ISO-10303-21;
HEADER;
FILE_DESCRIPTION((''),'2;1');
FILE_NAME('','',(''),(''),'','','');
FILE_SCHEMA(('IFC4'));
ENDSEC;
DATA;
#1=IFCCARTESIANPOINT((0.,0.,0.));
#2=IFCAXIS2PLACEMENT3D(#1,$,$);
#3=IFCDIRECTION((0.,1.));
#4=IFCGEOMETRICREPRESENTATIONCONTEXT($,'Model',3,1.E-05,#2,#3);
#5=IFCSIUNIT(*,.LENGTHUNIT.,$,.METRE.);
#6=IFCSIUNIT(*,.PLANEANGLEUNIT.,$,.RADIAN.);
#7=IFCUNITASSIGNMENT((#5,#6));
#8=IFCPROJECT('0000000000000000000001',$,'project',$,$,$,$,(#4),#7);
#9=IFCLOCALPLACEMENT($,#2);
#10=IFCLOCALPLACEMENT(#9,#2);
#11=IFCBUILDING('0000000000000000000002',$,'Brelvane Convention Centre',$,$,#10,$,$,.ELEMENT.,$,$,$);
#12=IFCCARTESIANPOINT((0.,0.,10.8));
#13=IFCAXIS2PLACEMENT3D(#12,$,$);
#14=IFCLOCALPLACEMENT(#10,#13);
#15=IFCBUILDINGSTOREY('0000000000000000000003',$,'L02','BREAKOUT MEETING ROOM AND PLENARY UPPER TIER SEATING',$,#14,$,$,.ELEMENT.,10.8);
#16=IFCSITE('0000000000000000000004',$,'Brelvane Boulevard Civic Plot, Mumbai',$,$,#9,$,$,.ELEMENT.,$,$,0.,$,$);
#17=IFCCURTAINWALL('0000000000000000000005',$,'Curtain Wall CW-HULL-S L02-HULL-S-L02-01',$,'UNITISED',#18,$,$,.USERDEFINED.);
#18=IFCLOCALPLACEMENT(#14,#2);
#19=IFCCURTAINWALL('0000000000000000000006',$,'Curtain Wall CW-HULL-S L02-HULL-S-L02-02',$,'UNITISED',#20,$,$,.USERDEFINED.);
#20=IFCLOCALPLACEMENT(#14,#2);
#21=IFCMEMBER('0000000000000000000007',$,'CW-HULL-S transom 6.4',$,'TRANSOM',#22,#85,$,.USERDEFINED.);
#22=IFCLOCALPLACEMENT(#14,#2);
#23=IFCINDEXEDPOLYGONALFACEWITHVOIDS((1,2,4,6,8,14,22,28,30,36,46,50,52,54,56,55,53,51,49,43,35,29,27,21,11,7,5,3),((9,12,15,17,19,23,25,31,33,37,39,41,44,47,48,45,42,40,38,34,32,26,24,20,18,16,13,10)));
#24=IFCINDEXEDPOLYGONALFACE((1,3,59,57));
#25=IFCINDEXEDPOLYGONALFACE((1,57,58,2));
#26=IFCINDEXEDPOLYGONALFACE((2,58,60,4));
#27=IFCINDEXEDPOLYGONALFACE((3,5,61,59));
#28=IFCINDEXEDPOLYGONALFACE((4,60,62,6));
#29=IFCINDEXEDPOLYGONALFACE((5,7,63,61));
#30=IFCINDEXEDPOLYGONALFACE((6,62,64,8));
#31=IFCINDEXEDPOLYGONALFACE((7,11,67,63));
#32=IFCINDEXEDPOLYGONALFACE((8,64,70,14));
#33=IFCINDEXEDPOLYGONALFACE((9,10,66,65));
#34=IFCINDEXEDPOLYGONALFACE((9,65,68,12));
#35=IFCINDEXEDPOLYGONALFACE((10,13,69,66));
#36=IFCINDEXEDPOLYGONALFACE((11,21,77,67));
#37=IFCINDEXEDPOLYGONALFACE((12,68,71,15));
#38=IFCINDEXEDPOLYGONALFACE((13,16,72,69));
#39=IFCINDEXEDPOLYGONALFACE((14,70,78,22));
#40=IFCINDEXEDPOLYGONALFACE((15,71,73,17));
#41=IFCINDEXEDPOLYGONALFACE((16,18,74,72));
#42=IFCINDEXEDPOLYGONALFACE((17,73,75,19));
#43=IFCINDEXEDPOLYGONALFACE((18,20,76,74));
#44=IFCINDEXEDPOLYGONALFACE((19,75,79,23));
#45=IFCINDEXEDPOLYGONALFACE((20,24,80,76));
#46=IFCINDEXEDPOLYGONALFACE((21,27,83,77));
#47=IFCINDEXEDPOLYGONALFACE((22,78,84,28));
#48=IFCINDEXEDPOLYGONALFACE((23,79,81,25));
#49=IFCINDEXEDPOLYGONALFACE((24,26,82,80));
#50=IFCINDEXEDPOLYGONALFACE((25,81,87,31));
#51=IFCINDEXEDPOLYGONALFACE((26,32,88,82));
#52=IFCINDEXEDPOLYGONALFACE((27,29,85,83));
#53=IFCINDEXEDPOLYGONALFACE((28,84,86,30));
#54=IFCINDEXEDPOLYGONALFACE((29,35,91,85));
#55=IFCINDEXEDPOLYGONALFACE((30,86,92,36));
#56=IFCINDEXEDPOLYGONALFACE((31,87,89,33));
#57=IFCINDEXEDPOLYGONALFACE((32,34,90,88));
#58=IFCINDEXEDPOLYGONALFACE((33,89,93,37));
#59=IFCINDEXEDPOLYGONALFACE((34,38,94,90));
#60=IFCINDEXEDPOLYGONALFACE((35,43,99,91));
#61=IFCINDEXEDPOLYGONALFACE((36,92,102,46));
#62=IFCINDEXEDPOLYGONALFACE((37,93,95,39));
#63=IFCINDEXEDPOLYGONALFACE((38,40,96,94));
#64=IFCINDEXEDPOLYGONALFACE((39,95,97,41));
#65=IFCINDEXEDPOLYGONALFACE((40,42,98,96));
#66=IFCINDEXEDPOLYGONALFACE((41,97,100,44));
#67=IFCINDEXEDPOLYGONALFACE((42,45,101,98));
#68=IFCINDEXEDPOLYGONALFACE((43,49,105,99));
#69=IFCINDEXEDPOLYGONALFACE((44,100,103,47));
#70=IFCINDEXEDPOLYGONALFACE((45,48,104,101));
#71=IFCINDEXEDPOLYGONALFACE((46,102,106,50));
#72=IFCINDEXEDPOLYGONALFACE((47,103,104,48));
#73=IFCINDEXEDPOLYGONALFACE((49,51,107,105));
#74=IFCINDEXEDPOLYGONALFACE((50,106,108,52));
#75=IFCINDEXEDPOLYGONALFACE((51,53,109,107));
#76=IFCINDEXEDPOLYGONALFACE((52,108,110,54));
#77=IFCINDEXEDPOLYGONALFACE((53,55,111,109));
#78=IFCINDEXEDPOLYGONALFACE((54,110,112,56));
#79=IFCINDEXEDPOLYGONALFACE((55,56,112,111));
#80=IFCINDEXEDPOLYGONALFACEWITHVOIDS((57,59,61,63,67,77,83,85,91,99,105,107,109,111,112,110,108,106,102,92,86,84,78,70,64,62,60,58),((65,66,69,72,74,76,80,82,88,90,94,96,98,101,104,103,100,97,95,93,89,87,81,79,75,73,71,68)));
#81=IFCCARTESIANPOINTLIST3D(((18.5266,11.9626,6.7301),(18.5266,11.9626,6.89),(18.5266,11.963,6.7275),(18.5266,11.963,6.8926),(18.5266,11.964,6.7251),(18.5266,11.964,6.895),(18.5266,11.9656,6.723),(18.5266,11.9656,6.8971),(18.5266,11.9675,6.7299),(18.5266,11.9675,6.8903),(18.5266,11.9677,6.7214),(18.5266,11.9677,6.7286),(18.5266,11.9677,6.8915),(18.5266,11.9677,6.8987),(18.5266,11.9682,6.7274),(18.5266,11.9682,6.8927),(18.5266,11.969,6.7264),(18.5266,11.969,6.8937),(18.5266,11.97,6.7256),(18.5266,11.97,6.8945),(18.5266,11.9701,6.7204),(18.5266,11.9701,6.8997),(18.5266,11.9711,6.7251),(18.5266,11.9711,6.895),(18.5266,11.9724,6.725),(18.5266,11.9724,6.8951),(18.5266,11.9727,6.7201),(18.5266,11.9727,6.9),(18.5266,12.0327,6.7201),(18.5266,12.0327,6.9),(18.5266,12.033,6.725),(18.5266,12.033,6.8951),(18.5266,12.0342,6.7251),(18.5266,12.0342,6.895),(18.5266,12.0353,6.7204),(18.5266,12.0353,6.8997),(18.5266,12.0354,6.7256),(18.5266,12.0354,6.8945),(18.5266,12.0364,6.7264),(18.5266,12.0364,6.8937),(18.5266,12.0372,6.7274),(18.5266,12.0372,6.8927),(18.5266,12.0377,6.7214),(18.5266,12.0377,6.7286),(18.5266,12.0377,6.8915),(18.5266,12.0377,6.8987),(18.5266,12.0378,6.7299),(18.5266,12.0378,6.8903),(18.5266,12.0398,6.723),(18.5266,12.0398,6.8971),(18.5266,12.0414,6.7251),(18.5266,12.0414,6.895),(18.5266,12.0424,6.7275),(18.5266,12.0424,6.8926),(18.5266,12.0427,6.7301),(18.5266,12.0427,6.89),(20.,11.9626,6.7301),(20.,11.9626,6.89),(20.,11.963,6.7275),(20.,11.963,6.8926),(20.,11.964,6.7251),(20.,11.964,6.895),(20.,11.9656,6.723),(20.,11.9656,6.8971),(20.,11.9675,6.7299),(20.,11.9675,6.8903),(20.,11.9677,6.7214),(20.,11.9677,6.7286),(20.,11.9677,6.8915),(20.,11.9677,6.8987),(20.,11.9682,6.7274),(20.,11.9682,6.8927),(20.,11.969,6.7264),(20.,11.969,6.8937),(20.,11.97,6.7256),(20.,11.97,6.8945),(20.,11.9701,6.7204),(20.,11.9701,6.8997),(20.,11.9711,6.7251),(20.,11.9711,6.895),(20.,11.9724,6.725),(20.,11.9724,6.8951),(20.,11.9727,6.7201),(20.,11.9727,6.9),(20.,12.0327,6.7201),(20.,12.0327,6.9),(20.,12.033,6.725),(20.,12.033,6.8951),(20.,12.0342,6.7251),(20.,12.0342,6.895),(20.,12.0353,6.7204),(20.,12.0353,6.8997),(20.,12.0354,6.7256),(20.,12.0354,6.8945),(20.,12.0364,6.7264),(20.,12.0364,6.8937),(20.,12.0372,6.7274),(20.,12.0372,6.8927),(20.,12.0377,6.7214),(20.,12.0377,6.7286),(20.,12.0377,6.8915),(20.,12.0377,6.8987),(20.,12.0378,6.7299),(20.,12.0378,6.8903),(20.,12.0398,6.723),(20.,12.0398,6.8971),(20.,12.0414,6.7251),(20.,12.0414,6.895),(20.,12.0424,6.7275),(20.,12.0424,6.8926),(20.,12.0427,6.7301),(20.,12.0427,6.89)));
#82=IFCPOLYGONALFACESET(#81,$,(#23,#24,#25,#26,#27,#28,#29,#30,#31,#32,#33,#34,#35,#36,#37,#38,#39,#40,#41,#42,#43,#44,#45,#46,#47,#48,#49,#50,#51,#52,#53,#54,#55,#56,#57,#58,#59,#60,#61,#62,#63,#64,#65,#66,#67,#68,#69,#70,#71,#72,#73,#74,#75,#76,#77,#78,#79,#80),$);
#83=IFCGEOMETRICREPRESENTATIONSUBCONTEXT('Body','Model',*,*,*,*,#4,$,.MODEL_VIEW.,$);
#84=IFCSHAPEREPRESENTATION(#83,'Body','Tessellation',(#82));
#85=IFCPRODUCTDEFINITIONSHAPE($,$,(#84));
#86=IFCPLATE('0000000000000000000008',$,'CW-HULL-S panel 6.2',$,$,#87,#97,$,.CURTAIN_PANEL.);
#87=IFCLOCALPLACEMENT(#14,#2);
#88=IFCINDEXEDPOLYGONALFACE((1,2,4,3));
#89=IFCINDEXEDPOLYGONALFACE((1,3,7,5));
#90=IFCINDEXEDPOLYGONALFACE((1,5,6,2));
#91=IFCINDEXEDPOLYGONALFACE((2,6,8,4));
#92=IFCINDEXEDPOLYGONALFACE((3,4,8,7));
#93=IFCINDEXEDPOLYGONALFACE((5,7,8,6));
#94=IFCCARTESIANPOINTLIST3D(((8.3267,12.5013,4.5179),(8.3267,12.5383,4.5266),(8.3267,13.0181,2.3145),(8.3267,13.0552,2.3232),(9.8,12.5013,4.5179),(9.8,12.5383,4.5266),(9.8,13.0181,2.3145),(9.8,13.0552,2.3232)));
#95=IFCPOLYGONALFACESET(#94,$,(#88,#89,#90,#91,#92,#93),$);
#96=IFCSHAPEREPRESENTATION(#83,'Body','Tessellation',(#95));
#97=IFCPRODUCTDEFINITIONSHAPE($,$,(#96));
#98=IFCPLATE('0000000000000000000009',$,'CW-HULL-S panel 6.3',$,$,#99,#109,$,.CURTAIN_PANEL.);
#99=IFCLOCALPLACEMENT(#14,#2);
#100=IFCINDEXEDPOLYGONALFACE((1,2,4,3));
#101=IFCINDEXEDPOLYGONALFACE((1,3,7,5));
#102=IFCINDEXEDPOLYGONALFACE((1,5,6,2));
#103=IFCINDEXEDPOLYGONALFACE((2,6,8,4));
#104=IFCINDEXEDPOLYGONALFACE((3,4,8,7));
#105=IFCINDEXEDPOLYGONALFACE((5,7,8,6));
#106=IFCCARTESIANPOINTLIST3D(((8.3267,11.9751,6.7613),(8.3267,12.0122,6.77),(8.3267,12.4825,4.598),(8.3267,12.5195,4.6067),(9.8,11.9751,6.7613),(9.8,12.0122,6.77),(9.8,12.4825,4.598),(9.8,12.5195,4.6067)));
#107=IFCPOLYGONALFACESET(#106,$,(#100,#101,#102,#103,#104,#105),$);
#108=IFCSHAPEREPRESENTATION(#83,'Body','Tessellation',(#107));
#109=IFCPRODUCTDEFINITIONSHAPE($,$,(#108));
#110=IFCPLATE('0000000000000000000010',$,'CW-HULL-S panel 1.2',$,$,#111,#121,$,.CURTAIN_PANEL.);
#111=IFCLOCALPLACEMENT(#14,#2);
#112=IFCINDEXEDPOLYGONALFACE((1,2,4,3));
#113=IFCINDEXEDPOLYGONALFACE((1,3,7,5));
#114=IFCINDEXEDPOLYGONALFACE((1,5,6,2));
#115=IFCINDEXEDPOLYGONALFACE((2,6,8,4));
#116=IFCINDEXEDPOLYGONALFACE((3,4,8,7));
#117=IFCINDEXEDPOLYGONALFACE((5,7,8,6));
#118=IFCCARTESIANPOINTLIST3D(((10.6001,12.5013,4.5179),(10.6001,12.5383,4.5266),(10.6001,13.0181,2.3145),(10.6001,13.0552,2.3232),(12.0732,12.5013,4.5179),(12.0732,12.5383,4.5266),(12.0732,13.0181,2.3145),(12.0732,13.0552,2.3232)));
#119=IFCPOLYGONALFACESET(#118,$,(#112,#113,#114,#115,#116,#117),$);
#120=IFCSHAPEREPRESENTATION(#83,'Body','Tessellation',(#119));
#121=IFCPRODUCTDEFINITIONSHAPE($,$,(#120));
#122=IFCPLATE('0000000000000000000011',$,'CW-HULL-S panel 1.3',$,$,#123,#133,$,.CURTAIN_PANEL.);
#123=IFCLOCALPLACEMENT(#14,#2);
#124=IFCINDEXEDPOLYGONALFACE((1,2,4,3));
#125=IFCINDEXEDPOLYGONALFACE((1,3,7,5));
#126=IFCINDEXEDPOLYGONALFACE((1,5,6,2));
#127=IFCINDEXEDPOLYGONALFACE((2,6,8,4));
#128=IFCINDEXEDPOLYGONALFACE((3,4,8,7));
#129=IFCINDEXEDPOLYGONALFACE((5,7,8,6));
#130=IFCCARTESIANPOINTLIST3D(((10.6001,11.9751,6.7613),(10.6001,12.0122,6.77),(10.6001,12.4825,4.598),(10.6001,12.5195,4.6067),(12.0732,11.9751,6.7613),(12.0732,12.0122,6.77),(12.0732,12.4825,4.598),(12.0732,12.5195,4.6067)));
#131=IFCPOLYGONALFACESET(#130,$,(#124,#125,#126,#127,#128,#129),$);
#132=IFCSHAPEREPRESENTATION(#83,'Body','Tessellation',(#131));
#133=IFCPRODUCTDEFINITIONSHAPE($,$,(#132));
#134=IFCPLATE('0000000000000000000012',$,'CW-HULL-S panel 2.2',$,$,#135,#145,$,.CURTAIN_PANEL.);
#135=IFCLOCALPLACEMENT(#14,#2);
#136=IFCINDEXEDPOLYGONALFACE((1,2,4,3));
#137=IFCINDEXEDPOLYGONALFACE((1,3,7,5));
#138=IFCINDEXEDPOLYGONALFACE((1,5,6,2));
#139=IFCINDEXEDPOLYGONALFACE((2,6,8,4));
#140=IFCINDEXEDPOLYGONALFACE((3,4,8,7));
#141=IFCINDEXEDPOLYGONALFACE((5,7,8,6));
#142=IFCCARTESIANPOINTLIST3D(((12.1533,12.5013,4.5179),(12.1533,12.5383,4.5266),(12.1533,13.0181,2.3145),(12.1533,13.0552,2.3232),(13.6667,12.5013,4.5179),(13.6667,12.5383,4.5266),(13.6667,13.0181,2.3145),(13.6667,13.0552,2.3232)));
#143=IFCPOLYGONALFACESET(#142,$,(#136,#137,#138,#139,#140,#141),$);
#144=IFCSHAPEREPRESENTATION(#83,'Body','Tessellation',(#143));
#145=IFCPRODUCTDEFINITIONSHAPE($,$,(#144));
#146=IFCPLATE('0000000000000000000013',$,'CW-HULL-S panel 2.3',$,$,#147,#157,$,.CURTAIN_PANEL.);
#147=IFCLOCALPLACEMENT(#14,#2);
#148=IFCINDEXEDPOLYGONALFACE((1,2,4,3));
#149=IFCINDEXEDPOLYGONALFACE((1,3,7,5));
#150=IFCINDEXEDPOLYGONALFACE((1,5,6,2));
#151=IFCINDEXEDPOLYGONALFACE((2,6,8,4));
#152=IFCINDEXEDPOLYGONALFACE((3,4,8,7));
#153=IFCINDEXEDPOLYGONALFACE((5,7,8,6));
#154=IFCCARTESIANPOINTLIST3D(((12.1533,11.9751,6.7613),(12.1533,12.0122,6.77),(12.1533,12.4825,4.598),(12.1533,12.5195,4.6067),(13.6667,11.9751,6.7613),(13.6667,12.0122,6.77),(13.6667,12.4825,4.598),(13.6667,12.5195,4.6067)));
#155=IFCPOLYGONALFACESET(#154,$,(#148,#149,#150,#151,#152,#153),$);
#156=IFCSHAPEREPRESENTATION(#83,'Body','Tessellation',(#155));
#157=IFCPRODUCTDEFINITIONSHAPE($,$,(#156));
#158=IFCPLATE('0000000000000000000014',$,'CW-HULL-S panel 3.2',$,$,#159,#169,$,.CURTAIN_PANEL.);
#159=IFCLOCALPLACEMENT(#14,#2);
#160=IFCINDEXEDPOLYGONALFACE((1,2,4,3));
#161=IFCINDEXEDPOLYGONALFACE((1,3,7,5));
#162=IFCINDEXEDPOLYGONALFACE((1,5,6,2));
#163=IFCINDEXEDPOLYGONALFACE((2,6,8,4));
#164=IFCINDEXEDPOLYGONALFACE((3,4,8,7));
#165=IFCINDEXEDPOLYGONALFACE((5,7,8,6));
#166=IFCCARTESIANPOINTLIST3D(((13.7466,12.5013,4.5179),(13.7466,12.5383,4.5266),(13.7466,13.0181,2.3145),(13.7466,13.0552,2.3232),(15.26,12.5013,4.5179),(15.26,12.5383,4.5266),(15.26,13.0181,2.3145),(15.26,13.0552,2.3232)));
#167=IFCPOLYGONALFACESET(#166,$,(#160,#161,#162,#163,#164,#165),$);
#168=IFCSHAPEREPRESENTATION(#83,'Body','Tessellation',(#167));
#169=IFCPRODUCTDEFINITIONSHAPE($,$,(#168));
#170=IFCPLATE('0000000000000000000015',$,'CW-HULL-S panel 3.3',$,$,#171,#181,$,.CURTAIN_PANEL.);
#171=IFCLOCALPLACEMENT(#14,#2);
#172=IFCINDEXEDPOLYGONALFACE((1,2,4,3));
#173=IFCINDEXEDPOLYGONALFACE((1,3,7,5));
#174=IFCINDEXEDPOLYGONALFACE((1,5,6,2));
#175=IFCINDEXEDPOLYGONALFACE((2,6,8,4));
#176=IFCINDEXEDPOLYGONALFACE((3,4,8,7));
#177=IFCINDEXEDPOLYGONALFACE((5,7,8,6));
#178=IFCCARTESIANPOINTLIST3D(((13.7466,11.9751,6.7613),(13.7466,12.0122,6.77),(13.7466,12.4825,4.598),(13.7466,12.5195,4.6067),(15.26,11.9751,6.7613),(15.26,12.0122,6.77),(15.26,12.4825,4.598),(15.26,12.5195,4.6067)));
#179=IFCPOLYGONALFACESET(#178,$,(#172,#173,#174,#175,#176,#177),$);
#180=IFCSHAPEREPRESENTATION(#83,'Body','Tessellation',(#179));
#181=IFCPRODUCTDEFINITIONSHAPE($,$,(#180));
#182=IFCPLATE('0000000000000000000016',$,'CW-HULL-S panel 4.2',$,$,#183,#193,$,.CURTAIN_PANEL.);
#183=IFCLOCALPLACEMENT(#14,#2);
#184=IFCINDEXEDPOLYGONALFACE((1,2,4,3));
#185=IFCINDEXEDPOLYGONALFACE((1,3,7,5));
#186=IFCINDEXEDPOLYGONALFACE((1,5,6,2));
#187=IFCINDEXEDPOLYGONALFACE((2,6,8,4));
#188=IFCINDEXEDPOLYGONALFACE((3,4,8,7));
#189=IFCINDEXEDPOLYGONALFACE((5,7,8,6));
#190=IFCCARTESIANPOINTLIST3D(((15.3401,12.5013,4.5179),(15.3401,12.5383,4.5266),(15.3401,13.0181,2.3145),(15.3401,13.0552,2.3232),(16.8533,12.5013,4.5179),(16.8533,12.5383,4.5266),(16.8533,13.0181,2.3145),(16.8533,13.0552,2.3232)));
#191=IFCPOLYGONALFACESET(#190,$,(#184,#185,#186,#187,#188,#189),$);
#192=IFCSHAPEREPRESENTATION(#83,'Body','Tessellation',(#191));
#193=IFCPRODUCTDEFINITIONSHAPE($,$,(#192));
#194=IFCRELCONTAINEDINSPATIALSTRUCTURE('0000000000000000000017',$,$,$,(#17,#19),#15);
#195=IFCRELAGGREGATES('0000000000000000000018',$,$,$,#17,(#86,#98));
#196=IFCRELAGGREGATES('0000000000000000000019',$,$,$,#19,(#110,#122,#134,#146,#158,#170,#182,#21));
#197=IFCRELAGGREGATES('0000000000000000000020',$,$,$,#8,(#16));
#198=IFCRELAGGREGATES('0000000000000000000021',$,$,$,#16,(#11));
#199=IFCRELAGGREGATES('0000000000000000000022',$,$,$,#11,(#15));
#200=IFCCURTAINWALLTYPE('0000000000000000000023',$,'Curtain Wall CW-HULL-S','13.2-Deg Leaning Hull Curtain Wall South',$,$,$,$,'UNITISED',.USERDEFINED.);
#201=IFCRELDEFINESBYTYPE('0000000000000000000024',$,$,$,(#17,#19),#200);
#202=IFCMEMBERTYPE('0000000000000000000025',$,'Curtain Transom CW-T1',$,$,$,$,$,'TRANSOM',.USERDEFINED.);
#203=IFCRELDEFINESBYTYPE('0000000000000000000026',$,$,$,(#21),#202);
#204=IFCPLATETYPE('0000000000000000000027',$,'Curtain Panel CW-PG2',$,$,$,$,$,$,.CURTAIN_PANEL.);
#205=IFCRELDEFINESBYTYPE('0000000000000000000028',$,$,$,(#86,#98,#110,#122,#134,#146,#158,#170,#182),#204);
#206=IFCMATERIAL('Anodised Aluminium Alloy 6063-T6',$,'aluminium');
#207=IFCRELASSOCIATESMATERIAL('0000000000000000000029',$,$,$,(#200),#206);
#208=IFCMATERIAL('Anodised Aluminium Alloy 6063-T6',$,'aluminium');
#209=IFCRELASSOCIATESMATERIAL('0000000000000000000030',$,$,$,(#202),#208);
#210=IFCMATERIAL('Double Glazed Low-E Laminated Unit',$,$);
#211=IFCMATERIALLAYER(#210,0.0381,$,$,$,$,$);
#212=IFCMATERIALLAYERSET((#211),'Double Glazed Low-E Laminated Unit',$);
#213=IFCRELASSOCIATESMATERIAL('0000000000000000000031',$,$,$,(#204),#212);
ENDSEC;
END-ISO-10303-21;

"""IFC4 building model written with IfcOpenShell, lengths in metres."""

from ifc_helpers import new_model, si_unit, direction, frame, origin, origin_2d, place, context, subcontext, project, spatial, polyline, hollow_rectangle, outline, extrude, material, layer, layer_set, material_profile, profile_set, type_object, element, aggregate, save


model = new_model("IFC4")

# Units and contexts
model_context = context("Model", 3, precision=1e-05, world=origin(), true_north=direction((0.0, 1.0)))
body_context = subcontext(model_context, "Body", "Model", "MODEL_VIEW")
ifc_project = project(units=[si_unit("LENGTHUNIT", "METRE"), si_unit("PLANEANGLEUNIT", "RADIAN")], contexts=[model_context])

# Site, building, storey
site_placement = place(None, origin())
site = spatial("IfcSite", under=ifc_project, at=site_placement, Name="Brelvane Boulevard Civic Plot, Mumbai", CompositionType="ELEMENT", RefElevation=0.0)
building_placement = place(site_placement, origin())
building = spatial("IfcBuilding", under=site, at=building_placement, Name="Brelvane Convention Centre", CompositionType="ELEMENT")
storey_placement = place(building_placement, frame((0.0, 0.0, 10.8)))
storey = spatial("IfcBuildingStorey", under=building, at=storey_placement, Name="L02", Description="BREAKOUT MEETING ROOM AND PLENARY UPPER TIER SEATING", CompositionType="ELEMENT", Elevation=10.8)

# Curtain walls, member
ifc_material_1 = material(Name="Anodised Aluminium Alloy 6063-T6", Category="aluminium")
curtain_wall_type = type_object("IfcCurtainWallType", Name="Curtain Wall CW-HULL-S", Description="13.2-Deg Leaning Hull Curtain Wall South", ElementType="UNITISED", PredefinedType="USERDEFINED", material=ifc_material_1)
curtain_wall_1_placement = place(storey_placement, origin())
curtain_wall_1 = element("IfcCurtainWall", 1, at=curtain_wall_1_placement, inside=storey, type_object=curtain_wall_type, Name="Curtain Wall CW-HULL-S L02-HULL-S-L02-01", ObjectType="UNITISED", PredefinedType="USERDEFINED")
ifc_material_2 = material(Name="Anodised Aluminium Alloy 6063-T6", Category="aluminium")
ifc_material_profile = material_profile(ifc_material_2, hollow_rectangle(XDim=0.0801, YDim=0.1799, WallThickness=0.0049, InnerFilletRadius=0.0049, OuterFilletRadius=0.01, at=origin_2d()), Name="ALU-T 180x80x5.0")
ifc_profile_set = profile_set([ifc_material_profile], Name="Anodised Aluminium Alloy 6063-T6")
member_type = type_object("IfcMemberType", Name="Curtain Transom CW-T1", ElementType="TRANSOM", PredefinedType="USERDEFINED", material=ifc_profile_set)
curtain_wall_2_placement = place(storey_placement, origin())
curtain_wall_2 = element("IfcCurtainWall", 2, at=curtain_wall_2_placement, inside=storey, type_object=curtain_wall_type, Name="Curtain Wall CW-HULL-S L02-HULL-S-L02-02", ObjectType="UNITISED", PredefinedType="USERDEFINED")
member_1_placement = place(storey_placement, frame((18.5266, 12.0027, 6.8101), z_axis=(1.0, 0.0, 0.0), x_axis=(0.0, 1.0, 0.0)))
member_1 = element("IfcMember", 3, at=member_1_placement, type_object=member_type, Name="CW-HULL-S transom 6.4", ObjectType="TRANSOM", PredefinedType="USERDEFINED", context=body_context, shape_type="SweptSolid", body=[
    extrude(hollow_rectangle(XDim=0.0801, YDim=0.1799, WallThickness=0.0049, InnerFilletRadius=0.0049, OuterFilletRadius=0.01, at=origin_2d()), origin(), (0.0, 0.0, 1.0), 1.4734),
])

# Plates
ifc_material_3 = material(Name="Double Glazed Low-E Laminated Unit")
ifc_layer = layer(ifc_material_3, 0.0381)
ifc_layer_set = layer_set([ifc_layer], Name="Double Glazed Low-E Laminated Unit")
plate_type = type_object("IfcPlateType", Name="Curtain Panel CW-PG2", PredefinedType="CURTAIN_PANEL", material=ifc_layer_set)
plate_1_placement = place(storey_placement, frame((8.3267, 13.0552, 2.3232), z_axis=(0.0, 0.973574, 0.228372), x_axis=(1.0, 0.0, 0.0)))
plate_1 = element("IfcPlate", 4, at=plate_1_placement, type_object=plate_type, Name="CW-HULL-S panel 6.2", PredefinedType="CURTAIN_PANEL", context=body_context, shape_type="SweptSolid", body=[
    extrude(outline(polyline([(0.0, 0.0), (1.4734, 0.0), (1.4734, -2.2632), (0.0, -2.2632), (0.0, 0.0)])), origin(), (0.0, 0.0, -1.0), 0.0381),
])
plate_2_placement = place(storey_placement, frame((8.3267, 12.5195, 4.6067), z_axis=(0.0, 0.973587, 0.228317), x_axis=(1.0, 0.0, 0.0)))
plate_2 = element("IfcPlate", 5, at=plate_2_placement, type_object=plate_type, Name="CW-HULL-S panel 6.3", PredefinedType="CURTAIN_PANEL", context=body_context, shape_type="SweptSolid", body=[
    extrude(outline(polyline([(0.0, 0.0), (1.4734, 0.0), (1.4734, -2.222), (0.0, -2.222), (0.0, 0.0)])), origin(), (0.0, 0.0, -1.0), 0.0381),
])
aggregate(curtain_wall_1, [plate_1, plate_2])
plate_3_placement = place(storey_placement, frame((10.6001, 13.0552, 2.3232), z_axis=(0.0, 0.973574, 0.228372), x_axis=(1.0, 0.0, 0.0)))
plate_3 = element("IfcPlate", 6, at=plate_3_placement, type_object=plate_type, Name="CW-HULL-S panel 1.2", PredefinedType="CURTAIN_PANEL", context=body_context, shape_type="SweptSolid", body=[
    extrude(outline(polyline([(0.0, 0.0), (1.4731, 0.0), (1.4731, -2.2632), (0.0, -2.2632), (0.0, 0.0)])), origin(), (0.0, 0.0, -1.0), 0.0381),
])
plate_4_placement = place(storey_placement, frame((10.6001, 12.5195, 4.6067), z_axis=(0.0, 0.973587, 0.228317), x_axis=(1.0, 0.0, 0.0)))
plate_4 = element("IfcPlate", 7, at=plate_4_placement, type_object=plate_type, Name="CW-HULL-S panel 1.3", PredefinedType="CURTAIN_PANEL", context=body_context, shape_type="SweptSolid", body=[
    extrude(outline(polyline([(0.0, 0.0), (1.4731, 0.0), (1.4731, -2.222), (0.0, -2.222), (0.0, 0.0)])), origin(), (0.0, 0.0, -1.0), 0.0381),
])
plate_5_placement = place(storey_placement, frame((12.1533, 13.0552, 2.3232), z_axis=(0.0, 0.973574, 0.228372), x_axis=(1.0, 0.0, 0.0)))
plate_5 = element("IfcPlate", 8, at=plate_5_placement, type_object=plate_type, Name="CW-HULL-S panel 2.2", PredefinedType="CURTAIN_PANEL", context=body_context, shape_type="SweptSolid", body=[
    extrude(outline(polyline([(0.0, 0.0), (1.5134, 0.0), (1.5134, -2.2632), (0.0, -2.2632), (0.0, 0.0)])), origin(), (0.0, 0.0, -1.0), 0.0381),
])
plate_6_placement = place(storey_placement, frame((12.1533, 12.5195, 4.6067), z_axis=(0.0, 0.973587, 0.228317), x_axis=(1.0, 0.0, 0.0)))
plate_6 = element("IfcPlate", 9, at=plate_6_placement, type_object=plate_type, Name="CW-HULL-S panel 2.3", PredefinedType="CURTAIN_PANEL", context=body_context, shape_type="SweptSolid", body=[
    extrude(outline(polyline([(0.0, 0.0), (1.5134, 0.0), (1.5134, -2.222), (0.0, -2.222), (0.0, 0.0)])), origin(), (0.0, 0.0, -1.0), 0.0381),
])
plate_7_placement = place(storey_placement, frame((13.7466, 13.0552, 2.3232), z_axis=(0.0, 0.973574, 0.228372), x_axis=(1.0, 0.0, 0.0)))
plate_7 = element("IfcPlate", 10, at=plate_7_placement, type_object=plate_type, Name="CW-HULL-S panel 3.2", PredefinedType="CURTAIN_PANEL", context=body_context, shape_type="SweptSolid", body=[
    extrude(outline(polyline([(0.0, 0.0), (1.5134, 0.0), (1.5134, -2.2632), (0.0, -2.2632), (0.0, 0.0)])), origin(), (0.0, 0.0, -1.0), 0.0381),
])
plate_8_placement = place(storey_placement, frame((13.7466, 12.5195, 4.6067), z_axis=(0.0, 0.973587, 0.228317), x_axis=(1.0, 0.0, 0.0)))
plate_8 = element("IfcPlate", 11, at=plate_8_placement, type_object=plate_type, Name="CW-HULL-S panel 3.3", PredefinedType="CURTAIN_PANEL", context=body_context, shape_type="SweptSolid", body=[
    extrude(outline(polyline([(0.0, 0.0), (1.5134, 0.0), (1.5134, -2.222), (0.0, -2.222), (0.0, 0.0)])), origin(), (0.0, 0.0, -1.0), 0.0381),
])
plate_9_placement = place(storey_placement, frame((15.3401, 13.0552, 2.3232), z_axis=(0.0, 0.973574, 0.228372), x_axis=(1.0, 0.0, 0.0)))
plate_9 = element("IfcPlate", 12, at=plate_9_placement, type_object=plate_type, Name="CW-HULL-S panel 4.2", PredefinedType="CURTAIN_PANEL", context=body_context, shape_type="SweptSolid", body=[
    extrude(outline(polyline([(0.0, 0.0), (1.5132, 0.0), (1.5132, -2.2632), (0.0, -2.2632), (0.0, 0.0)])), origin(), (0.0, 0.0, -1.0), 0.0381),
])
aggregate(curtain_wall_2, [plate_3, plate_4, plate_5, plate_6, plate_7, plate_8, plate_9, member_1])

save(model, "model.ifc")
